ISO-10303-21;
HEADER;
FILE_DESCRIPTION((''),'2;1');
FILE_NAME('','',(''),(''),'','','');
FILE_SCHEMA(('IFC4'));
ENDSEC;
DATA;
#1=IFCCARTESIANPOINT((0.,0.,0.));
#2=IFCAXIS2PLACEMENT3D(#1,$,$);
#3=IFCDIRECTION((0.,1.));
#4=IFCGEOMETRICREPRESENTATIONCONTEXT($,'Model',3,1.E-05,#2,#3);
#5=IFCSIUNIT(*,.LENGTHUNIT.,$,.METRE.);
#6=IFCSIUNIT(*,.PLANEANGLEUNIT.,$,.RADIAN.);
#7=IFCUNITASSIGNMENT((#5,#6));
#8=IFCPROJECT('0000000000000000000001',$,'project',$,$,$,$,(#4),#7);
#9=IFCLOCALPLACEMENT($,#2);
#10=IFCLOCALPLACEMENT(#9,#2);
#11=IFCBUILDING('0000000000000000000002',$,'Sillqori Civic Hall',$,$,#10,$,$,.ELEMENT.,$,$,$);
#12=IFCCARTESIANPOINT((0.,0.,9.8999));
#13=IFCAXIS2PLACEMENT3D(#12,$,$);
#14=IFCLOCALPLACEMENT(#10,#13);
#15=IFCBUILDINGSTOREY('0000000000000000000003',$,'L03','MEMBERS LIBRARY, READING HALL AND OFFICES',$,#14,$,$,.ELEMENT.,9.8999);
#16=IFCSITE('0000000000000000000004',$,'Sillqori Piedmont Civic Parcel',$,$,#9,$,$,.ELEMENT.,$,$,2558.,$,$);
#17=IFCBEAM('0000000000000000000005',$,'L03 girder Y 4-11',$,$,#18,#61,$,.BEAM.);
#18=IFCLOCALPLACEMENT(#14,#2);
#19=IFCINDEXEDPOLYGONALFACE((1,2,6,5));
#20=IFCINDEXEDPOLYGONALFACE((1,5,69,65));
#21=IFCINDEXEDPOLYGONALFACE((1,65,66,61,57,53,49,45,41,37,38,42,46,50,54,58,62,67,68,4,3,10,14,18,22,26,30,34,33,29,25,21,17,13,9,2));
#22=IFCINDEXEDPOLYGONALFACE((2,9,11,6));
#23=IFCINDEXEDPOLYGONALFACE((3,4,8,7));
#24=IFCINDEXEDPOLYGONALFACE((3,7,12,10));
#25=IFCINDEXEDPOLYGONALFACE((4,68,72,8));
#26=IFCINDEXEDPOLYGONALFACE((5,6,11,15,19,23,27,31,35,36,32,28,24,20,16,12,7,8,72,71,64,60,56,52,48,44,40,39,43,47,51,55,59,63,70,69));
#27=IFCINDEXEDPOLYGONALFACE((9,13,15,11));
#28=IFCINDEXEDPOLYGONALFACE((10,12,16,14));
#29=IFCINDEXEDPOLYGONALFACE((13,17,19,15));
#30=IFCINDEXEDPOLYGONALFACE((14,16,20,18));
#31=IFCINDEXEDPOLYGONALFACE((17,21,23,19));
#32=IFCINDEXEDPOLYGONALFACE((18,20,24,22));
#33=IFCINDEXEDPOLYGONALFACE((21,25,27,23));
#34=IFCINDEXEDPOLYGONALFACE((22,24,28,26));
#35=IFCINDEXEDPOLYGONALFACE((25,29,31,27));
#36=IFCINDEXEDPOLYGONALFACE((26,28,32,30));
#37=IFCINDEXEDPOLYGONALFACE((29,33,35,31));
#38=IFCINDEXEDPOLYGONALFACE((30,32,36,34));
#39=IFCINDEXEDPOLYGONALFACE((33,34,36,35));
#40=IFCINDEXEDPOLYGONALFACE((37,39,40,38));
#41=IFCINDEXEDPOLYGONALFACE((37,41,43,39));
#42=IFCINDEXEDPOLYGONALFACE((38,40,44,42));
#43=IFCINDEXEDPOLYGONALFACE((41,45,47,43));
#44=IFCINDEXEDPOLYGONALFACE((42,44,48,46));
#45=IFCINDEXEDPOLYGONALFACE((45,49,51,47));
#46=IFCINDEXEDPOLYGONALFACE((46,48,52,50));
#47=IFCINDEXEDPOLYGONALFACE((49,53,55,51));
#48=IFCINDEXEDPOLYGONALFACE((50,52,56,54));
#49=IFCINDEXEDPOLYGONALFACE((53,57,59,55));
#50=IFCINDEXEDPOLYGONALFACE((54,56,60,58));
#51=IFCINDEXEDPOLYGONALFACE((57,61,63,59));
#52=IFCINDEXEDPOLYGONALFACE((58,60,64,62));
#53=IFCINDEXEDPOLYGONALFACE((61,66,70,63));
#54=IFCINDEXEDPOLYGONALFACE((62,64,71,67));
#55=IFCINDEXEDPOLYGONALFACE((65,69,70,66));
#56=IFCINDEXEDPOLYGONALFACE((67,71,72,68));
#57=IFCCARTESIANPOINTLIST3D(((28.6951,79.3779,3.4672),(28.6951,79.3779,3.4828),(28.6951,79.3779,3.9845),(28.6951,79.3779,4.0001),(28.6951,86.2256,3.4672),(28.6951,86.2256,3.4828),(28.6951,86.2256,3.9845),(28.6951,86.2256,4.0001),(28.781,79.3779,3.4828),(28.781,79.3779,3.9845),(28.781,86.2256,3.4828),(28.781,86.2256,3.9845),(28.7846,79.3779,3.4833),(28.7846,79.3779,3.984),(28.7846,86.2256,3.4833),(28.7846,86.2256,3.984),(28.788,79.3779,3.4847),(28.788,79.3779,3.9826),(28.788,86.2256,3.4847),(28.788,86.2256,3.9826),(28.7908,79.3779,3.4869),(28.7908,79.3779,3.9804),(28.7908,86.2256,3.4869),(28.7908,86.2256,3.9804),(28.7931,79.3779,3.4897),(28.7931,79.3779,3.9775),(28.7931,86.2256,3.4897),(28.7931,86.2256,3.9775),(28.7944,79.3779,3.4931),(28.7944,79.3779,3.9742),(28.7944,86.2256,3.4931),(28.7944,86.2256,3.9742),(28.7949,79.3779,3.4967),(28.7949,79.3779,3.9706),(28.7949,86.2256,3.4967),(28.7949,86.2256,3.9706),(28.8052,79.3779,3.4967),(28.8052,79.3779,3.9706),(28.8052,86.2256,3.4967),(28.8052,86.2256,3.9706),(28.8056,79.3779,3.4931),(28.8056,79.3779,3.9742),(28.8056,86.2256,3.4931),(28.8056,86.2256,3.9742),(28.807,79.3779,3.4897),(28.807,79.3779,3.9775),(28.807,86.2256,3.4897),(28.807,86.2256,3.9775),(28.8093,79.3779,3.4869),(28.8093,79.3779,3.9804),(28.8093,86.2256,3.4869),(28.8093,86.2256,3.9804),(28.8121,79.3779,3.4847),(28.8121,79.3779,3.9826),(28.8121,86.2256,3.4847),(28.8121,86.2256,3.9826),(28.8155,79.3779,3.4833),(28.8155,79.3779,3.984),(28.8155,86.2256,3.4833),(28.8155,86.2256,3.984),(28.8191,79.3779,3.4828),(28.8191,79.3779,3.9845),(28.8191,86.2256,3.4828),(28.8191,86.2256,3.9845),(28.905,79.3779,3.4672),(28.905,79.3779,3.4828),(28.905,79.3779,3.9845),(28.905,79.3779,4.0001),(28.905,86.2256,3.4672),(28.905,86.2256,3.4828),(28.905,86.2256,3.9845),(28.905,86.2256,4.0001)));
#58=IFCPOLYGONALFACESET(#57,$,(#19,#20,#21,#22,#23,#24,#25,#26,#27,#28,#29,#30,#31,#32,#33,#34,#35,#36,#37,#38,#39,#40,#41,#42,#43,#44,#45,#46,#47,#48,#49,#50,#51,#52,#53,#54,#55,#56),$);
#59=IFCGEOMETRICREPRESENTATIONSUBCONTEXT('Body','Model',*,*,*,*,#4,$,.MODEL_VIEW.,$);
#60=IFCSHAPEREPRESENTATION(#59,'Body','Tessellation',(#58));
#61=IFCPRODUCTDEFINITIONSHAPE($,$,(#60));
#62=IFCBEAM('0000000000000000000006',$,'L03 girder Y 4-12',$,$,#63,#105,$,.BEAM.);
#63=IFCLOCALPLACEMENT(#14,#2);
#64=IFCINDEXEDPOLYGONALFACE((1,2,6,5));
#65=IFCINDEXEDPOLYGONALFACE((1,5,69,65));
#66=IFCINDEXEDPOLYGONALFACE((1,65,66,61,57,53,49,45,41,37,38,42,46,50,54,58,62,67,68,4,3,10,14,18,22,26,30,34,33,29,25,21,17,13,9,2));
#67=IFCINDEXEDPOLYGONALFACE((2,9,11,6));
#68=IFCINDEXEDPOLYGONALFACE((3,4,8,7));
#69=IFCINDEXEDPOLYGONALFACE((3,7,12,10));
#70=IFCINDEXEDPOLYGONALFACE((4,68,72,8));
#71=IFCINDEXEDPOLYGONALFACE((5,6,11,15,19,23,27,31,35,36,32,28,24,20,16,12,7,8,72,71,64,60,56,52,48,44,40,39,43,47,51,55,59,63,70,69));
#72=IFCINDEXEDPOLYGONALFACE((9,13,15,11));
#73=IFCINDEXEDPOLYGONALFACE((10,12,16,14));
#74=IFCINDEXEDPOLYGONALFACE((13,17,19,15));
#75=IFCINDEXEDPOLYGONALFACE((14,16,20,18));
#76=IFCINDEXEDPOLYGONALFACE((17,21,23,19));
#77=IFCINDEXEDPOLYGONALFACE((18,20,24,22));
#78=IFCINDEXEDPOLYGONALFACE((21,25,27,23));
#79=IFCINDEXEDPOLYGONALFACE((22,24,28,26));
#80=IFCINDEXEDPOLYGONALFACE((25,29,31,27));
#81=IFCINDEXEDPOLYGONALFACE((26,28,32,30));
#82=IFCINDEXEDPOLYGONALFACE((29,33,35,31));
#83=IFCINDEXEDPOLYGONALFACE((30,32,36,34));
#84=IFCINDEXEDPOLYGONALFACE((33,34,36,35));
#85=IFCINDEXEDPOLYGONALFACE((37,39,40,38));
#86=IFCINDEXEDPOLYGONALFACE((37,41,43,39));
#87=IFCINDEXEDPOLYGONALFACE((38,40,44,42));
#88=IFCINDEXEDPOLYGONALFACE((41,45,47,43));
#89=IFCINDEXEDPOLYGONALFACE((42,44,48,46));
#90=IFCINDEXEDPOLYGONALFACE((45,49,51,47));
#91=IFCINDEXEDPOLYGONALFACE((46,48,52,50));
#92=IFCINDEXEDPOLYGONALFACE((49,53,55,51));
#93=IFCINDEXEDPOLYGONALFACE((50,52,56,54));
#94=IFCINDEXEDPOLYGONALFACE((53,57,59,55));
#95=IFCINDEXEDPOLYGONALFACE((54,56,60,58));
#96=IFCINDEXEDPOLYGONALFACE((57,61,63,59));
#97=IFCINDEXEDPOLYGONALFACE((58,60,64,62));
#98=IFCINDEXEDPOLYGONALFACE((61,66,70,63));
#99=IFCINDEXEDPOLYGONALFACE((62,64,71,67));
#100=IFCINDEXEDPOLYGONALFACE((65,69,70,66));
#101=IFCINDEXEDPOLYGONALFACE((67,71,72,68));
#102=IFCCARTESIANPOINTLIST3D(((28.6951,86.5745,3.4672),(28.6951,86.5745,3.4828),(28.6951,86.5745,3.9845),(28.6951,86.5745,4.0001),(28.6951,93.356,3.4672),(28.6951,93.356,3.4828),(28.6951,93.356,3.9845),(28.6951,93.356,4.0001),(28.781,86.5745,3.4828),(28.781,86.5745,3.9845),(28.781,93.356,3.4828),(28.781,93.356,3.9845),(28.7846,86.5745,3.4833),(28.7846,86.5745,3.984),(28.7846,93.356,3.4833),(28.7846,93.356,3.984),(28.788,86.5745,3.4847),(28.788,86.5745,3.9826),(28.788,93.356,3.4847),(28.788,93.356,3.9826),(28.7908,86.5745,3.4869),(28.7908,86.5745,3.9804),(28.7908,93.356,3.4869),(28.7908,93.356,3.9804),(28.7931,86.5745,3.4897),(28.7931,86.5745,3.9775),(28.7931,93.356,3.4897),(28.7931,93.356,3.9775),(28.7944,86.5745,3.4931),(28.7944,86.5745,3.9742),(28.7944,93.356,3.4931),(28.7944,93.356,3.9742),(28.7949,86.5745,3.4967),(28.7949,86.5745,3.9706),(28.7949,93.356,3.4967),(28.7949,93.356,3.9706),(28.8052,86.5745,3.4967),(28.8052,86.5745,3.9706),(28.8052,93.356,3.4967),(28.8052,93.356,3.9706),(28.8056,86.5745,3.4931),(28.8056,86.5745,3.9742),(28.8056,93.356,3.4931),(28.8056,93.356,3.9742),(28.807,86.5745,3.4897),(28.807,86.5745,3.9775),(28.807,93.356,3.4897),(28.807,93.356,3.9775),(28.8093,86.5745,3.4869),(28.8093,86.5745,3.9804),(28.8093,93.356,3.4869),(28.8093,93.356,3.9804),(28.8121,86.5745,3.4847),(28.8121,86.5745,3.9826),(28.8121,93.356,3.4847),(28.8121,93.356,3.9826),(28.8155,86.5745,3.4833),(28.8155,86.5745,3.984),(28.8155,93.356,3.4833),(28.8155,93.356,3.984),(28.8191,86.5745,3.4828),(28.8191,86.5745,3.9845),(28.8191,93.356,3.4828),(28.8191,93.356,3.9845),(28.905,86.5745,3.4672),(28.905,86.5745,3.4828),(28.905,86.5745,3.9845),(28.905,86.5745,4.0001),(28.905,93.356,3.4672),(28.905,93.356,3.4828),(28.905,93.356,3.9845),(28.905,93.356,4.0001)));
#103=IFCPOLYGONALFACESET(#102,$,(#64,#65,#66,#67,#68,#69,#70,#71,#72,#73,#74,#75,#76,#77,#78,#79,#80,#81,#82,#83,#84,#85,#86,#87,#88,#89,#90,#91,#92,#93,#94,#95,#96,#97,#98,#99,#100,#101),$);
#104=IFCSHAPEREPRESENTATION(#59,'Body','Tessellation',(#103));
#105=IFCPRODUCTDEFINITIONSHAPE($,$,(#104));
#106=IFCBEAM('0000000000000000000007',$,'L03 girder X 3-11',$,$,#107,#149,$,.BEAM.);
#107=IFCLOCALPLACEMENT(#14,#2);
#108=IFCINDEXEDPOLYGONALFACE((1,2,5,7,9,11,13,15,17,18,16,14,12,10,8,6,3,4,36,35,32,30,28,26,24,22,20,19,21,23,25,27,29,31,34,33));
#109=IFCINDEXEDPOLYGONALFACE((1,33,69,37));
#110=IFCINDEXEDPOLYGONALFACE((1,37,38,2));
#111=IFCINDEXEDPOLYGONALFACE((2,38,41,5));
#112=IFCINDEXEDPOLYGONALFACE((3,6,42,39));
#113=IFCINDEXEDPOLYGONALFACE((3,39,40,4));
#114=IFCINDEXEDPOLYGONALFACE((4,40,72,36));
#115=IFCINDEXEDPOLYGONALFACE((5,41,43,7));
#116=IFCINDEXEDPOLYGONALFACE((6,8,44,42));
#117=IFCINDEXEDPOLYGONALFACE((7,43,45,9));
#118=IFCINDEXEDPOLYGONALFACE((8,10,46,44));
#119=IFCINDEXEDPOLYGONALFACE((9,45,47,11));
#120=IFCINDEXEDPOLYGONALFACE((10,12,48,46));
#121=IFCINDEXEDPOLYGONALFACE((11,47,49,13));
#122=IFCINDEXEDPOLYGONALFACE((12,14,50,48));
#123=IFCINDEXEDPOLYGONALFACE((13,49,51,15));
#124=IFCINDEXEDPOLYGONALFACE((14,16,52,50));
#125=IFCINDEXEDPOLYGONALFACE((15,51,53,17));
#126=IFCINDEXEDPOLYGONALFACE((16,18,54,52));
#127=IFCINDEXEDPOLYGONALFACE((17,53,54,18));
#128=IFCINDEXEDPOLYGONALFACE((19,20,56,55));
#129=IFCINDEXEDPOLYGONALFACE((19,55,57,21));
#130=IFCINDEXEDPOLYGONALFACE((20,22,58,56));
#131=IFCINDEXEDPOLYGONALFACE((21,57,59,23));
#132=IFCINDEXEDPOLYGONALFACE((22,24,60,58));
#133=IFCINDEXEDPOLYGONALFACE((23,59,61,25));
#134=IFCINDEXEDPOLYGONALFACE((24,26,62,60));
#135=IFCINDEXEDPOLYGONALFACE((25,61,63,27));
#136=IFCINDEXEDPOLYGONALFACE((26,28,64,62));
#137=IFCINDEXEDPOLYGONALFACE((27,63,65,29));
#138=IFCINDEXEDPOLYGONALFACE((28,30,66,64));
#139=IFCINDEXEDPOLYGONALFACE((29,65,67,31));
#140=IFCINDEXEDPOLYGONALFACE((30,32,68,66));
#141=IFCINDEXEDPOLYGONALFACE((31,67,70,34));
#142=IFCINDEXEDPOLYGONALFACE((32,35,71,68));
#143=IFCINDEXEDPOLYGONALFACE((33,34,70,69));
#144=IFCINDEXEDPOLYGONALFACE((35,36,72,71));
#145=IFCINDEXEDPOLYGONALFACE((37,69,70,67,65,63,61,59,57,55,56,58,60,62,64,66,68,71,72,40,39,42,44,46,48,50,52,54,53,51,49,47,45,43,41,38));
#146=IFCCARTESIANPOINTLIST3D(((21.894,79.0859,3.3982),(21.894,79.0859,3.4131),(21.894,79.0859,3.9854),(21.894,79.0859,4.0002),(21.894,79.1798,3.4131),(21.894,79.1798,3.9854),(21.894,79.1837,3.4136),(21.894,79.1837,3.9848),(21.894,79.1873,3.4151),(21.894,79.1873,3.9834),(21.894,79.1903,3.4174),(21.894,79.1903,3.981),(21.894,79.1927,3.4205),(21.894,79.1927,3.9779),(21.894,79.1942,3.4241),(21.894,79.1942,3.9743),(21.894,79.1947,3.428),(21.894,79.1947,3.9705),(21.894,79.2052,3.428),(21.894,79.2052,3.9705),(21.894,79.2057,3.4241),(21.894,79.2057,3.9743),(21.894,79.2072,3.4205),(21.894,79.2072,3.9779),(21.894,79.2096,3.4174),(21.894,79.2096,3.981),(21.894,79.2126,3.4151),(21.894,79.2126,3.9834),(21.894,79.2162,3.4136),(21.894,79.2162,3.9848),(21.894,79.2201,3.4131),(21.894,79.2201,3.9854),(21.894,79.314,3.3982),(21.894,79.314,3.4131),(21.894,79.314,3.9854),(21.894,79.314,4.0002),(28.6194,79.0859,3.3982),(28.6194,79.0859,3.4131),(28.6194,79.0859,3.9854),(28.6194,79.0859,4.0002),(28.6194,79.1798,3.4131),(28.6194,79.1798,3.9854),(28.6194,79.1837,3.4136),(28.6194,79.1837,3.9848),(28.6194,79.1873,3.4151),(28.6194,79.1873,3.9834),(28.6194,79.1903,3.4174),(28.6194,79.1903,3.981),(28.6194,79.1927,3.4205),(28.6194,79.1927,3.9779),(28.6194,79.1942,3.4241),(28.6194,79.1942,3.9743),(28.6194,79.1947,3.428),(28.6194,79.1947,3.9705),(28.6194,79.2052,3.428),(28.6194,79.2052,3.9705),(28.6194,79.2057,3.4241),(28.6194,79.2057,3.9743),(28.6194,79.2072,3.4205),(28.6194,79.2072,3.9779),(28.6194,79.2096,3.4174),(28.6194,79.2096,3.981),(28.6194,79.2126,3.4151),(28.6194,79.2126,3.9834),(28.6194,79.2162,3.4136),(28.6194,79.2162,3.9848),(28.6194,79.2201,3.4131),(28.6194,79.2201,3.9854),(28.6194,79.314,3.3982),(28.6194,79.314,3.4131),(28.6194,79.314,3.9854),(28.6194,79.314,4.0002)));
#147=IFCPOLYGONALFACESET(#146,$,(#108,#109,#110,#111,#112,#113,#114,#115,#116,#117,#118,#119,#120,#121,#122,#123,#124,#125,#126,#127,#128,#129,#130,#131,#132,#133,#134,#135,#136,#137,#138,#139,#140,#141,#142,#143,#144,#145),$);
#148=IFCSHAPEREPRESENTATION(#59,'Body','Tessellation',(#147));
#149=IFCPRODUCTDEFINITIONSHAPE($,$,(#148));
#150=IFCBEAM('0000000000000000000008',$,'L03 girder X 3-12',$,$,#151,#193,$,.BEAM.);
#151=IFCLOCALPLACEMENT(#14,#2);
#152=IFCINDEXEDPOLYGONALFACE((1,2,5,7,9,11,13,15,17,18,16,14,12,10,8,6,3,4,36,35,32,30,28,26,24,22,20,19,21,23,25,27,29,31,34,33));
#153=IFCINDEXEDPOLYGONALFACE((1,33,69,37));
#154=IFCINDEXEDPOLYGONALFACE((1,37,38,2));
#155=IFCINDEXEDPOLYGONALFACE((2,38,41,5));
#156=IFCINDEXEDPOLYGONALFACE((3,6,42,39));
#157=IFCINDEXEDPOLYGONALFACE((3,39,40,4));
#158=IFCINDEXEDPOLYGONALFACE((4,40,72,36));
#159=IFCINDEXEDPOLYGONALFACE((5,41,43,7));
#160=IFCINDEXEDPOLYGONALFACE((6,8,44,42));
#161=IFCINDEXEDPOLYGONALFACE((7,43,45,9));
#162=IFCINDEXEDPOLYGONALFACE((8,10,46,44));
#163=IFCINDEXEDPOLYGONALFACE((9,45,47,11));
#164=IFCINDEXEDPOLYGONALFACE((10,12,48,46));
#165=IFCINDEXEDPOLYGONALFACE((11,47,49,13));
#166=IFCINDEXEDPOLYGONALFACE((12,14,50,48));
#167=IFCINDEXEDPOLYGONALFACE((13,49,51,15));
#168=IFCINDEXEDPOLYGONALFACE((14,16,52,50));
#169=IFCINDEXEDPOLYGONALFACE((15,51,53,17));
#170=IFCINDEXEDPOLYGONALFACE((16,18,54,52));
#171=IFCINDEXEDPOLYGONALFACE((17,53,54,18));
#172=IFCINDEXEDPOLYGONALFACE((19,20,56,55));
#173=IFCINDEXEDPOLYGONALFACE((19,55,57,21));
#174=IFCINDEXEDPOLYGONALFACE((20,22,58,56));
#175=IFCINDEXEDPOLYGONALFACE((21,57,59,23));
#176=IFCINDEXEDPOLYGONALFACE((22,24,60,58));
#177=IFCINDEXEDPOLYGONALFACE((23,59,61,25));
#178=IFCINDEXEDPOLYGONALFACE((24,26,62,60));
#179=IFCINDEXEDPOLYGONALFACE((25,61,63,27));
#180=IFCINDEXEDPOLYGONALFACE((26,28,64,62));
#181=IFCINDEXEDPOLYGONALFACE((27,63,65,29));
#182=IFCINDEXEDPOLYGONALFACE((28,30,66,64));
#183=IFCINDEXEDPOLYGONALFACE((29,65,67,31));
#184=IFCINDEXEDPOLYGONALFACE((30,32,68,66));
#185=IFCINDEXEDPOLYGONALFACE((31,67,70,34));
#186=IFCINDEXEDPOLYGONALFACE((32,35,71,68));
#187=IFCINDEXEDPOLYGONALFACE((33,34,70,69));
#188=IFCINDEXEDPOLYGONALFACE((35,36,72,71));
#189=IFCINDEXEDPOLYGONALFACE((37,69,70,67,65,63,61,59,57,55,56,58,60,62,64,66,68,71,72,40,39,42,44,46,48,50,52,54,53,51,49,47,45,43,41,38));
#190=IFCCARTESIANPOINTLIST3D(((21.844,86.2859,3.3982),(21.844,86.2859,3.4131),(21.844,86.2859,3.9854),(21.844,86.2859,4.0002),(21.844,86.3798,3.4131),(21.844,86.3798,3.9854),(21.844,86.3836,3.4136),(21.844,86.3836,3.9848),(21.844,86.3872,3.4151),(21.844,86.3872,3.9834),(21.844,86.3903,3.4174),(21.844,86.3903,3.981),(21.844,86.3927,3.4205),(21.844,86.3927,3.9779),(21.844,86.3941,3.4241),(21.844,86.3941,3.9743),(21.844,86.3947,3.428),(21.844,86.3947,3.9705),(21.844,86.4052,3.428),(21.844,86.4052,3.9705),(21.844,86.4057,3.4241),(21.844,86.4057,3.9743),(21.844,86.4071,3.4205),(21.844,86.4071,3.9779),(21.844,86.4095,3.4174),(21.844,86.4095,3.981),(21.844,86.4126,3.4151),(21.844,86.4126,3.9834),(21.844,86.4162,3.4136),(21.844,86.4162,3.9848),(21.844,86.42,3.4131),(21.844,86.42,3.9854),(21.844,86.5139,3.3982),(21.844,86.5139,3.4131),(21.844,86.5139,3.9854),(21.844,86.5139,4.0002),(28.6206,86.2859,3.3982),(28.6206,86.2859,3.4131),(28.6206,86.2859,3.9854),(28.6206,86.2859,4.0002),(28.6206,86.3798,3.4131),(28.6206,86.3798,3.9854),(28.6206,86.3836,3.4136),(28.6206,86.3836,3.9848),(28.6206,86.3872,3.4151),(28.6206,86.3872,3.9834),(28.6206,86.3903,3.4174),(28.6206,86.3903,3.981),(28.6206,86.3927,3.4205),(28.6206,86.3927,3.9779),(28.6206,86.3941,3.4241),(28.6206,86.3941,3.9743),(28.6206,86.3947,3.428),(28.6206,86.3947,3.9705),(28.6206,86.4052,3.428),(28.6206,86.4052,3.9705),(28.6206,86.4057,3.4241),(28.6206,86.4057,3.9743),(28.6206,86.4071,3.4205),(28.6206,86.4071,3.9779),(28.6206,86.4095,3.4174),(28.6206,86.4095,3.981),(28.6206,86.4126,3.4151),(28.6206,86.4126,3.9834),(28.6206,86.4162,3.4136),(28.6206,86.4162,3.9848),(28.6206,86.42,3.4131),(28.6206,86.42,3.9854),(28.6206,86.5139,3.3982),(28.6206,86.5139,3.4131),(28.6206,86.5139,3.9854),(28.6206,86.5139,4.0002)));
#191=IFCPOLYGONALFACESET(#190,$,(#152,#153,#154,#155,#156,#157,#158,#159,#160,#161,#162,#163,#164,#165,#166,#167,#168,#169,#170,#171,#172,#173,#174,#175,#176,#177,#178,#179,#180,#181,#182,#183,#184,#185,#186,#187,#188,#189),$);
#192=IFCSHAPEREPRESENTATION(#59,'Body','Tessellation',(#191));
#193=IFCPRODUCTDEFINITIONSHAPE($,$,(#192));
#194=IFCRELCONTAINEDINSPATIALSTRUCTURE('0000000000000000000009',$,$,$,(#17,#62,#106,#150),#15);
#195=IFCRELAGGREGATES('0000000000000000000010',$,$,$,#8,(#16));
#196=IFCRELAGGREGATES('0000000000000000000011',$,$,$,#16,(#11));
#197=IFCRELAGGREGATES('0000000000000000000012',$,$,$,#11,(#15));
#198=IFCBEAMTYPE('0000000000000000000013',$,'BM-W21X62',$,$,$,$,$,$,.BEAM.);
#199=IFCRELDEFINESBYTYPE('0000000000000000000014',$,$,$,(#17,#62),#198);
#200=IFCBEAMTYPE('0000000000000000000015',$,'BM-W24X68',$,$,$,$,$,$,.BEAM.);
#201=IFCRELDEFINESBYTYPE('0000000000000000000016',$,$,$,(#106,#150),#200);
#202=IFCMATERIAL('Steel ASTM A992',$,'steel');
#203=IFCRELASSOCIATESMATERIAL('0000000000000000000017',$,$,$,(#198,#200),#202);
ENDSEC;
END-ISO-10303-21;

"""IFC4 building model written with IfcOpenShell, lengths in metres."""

from ifc_helpers import new_model, si_unit, direction, frame, origin, origin_2d, place, context, subcontext, project, spatial, i_section, extrude, material, material_profile, profile_set, type_object, element, save


model = new_model("IFC4")

# Units and contexts
model_context = context("Model", 3, precision=1e-05, world=origin(), true_north=direction((0.0, 1.0)))
body_context = subcontext(model_context, "Body", "Model", "MODEL_VIEW")
ifc_project = project(units=[si_unit("LENGTHUNIT", "METRE"), si_unit("PLANEANGLEUNIT", "RADIAN")], contexts=[model_context])

# Site, building, storey
site_placement = place(None, origin())
site = spatial("IfcSite", under=ifc_project, at=site_placement, Name="Sillqori Piedmont Civic Parcel", CompositionType="ELEMENT", RefElevation=2558.0)
building_placement = place(site_placement, origin())
building = spatial("IfcBuilding", under=site, at=building_placement, Name="Sillqori Civic Hall", CompositionType="ELEMENT")
storey_placement = place(building_placement, frame((0.0, 0.0, 9.8999)))
storey = spatial("IfcBuildingStorey", under=building, at=storey_placement, Name="L03", Description="MEMBERS LIBRARY, READING HALL AND OFFICES", CompositionType="ELEMENT", Elevation=9.8999)

# Shared definitions
ifc_material_1 = material(Name="Steel ASTM A992", Category="steel")

# Beams
ifc_material_profile_1 = material_profile(ifc_material_1, i_section(OverallWidth=0.21, OverallDepth=0.533, WebThickness=0.0103, FlangeThickness=0.0156, FilletRadius=0.0139, at=origin_2d()), Name="W21X62")
ifc_profile_set_1 = profile_set([ifc_material_profile_1], Name="Steel ASTM A992")
beam_type_1 = type_object("IfcBeamType", Name="BM-W21X62", PredefinedType="BEAM", material=ifc_profile_set_1)
beam_1_placement = place(storey_placement, frame((28.8, 79.3779, 3.7336), z_axis=(0.0, 1.0, 0.0), x_axis=(-1.0, 0.0, 0.0)))
element("IfcBeam", 1, at=beam_1_placement, inside=storey, type_object=beam_type_1, Name="L03 girder Y 4-11", PredefinedType="BEAM", context=body_context, shape_type="SweptSolid", body=[
    extrude(i_section(OverallWidth=0.21, OverallDepth=0.533, WebThickness=0.0103, FlangeThickness=0.0156, FilletRadius=0.0139, at=origin_2d()), origin(), (0.0, 0.0, 1.0), 6.8477),
])
beam_2_placement = place(storey_placement, frame((28.8, 86.5745, 3.7336), z_axis=(0.0, 1.0, 0.0), x_axis=(-1.0, 0.0, 0.0)))
element("IfcBeam", 2, at=beam_2_placement, inside=storey, type_object=beam_type_1, Name="L03 girder Y 4-12", PredefinedType="BEAM", context=body_context, shape_type="SweptSolid", body=[
    extrude(i_section(OverallWidth=0.21, OverallDepth=0.533, WebThickness=0.0103, FlangeThickness=0.0156, FilletRadius=0.0139, at=origin_2d()), origin(), (0.0, 0.0, 1.0), 6.7815),
])
ifc_material_profile_2 = material_profile(ifc_material_1, i_section(OverallWidth=0.228, OverallDepth=0.6021, WebThickness=0.0105, FlangeThickness=0.0149, FilletRadius=0.0149, at=origin_2d()), Name="W24X68")
ifc_profile_set_2 = profile_set([ifc_material_profile_2], Name="Steel ASTM A992")
beam_type_2 = type_object("IfcBeamType", Name="BM-W24X68", PredefinedType="BEAM", material=ifc_profile_set_2)
beam_3_placement = place(storey_placement, frame((21.894, 79.2, 3.6992), z_axis=(1.0, 0.0, 0.0), x_axis=(0.0, 1.0, 0.0)))
element("IfcBeam", 3, at=beam_3_placement, inside=storey, type_object=beam_type_2, Name="L03 girder X 3-11", PredefinedType="BEAM", context=body_context, shape_type="SweptSolid", body=[
    extrude(i_section(OverallWidth=0.228, OverallDepth=0.6021, WebThickness=0.0105, FlangeThickness=0.0149, FilletRadius=0.0149, at=origin_2d()), origin(), (0.0, 0.0, 1.0), 6.7253),
])
beam_4_placement = place(storey_placement, frame((21.844, 86.3999, 3.6992), z_axis=(1.0, 0.0, 0.0), x_axis=(0.0, 1.0, 0.0)))
element("IfcBeam", 4, at=beam_4_placement, inside=storey, type_object=beam_type_2, Name="L03 girder X 3-12", PredefinedType="BEAM", context=body_context, shape_type="SweptSolid", body=[
    extrude(i_section(OverallWidth=0.228, OverallDepth=0.6021, WebThickness=0.0105, FlangeThickness=0.0149, FilletRadius=0.0149, at=origin_2d()), origin(), (0.0, 0.0, 1.0), 6.7766),
])

save(model, "model.ifc")
